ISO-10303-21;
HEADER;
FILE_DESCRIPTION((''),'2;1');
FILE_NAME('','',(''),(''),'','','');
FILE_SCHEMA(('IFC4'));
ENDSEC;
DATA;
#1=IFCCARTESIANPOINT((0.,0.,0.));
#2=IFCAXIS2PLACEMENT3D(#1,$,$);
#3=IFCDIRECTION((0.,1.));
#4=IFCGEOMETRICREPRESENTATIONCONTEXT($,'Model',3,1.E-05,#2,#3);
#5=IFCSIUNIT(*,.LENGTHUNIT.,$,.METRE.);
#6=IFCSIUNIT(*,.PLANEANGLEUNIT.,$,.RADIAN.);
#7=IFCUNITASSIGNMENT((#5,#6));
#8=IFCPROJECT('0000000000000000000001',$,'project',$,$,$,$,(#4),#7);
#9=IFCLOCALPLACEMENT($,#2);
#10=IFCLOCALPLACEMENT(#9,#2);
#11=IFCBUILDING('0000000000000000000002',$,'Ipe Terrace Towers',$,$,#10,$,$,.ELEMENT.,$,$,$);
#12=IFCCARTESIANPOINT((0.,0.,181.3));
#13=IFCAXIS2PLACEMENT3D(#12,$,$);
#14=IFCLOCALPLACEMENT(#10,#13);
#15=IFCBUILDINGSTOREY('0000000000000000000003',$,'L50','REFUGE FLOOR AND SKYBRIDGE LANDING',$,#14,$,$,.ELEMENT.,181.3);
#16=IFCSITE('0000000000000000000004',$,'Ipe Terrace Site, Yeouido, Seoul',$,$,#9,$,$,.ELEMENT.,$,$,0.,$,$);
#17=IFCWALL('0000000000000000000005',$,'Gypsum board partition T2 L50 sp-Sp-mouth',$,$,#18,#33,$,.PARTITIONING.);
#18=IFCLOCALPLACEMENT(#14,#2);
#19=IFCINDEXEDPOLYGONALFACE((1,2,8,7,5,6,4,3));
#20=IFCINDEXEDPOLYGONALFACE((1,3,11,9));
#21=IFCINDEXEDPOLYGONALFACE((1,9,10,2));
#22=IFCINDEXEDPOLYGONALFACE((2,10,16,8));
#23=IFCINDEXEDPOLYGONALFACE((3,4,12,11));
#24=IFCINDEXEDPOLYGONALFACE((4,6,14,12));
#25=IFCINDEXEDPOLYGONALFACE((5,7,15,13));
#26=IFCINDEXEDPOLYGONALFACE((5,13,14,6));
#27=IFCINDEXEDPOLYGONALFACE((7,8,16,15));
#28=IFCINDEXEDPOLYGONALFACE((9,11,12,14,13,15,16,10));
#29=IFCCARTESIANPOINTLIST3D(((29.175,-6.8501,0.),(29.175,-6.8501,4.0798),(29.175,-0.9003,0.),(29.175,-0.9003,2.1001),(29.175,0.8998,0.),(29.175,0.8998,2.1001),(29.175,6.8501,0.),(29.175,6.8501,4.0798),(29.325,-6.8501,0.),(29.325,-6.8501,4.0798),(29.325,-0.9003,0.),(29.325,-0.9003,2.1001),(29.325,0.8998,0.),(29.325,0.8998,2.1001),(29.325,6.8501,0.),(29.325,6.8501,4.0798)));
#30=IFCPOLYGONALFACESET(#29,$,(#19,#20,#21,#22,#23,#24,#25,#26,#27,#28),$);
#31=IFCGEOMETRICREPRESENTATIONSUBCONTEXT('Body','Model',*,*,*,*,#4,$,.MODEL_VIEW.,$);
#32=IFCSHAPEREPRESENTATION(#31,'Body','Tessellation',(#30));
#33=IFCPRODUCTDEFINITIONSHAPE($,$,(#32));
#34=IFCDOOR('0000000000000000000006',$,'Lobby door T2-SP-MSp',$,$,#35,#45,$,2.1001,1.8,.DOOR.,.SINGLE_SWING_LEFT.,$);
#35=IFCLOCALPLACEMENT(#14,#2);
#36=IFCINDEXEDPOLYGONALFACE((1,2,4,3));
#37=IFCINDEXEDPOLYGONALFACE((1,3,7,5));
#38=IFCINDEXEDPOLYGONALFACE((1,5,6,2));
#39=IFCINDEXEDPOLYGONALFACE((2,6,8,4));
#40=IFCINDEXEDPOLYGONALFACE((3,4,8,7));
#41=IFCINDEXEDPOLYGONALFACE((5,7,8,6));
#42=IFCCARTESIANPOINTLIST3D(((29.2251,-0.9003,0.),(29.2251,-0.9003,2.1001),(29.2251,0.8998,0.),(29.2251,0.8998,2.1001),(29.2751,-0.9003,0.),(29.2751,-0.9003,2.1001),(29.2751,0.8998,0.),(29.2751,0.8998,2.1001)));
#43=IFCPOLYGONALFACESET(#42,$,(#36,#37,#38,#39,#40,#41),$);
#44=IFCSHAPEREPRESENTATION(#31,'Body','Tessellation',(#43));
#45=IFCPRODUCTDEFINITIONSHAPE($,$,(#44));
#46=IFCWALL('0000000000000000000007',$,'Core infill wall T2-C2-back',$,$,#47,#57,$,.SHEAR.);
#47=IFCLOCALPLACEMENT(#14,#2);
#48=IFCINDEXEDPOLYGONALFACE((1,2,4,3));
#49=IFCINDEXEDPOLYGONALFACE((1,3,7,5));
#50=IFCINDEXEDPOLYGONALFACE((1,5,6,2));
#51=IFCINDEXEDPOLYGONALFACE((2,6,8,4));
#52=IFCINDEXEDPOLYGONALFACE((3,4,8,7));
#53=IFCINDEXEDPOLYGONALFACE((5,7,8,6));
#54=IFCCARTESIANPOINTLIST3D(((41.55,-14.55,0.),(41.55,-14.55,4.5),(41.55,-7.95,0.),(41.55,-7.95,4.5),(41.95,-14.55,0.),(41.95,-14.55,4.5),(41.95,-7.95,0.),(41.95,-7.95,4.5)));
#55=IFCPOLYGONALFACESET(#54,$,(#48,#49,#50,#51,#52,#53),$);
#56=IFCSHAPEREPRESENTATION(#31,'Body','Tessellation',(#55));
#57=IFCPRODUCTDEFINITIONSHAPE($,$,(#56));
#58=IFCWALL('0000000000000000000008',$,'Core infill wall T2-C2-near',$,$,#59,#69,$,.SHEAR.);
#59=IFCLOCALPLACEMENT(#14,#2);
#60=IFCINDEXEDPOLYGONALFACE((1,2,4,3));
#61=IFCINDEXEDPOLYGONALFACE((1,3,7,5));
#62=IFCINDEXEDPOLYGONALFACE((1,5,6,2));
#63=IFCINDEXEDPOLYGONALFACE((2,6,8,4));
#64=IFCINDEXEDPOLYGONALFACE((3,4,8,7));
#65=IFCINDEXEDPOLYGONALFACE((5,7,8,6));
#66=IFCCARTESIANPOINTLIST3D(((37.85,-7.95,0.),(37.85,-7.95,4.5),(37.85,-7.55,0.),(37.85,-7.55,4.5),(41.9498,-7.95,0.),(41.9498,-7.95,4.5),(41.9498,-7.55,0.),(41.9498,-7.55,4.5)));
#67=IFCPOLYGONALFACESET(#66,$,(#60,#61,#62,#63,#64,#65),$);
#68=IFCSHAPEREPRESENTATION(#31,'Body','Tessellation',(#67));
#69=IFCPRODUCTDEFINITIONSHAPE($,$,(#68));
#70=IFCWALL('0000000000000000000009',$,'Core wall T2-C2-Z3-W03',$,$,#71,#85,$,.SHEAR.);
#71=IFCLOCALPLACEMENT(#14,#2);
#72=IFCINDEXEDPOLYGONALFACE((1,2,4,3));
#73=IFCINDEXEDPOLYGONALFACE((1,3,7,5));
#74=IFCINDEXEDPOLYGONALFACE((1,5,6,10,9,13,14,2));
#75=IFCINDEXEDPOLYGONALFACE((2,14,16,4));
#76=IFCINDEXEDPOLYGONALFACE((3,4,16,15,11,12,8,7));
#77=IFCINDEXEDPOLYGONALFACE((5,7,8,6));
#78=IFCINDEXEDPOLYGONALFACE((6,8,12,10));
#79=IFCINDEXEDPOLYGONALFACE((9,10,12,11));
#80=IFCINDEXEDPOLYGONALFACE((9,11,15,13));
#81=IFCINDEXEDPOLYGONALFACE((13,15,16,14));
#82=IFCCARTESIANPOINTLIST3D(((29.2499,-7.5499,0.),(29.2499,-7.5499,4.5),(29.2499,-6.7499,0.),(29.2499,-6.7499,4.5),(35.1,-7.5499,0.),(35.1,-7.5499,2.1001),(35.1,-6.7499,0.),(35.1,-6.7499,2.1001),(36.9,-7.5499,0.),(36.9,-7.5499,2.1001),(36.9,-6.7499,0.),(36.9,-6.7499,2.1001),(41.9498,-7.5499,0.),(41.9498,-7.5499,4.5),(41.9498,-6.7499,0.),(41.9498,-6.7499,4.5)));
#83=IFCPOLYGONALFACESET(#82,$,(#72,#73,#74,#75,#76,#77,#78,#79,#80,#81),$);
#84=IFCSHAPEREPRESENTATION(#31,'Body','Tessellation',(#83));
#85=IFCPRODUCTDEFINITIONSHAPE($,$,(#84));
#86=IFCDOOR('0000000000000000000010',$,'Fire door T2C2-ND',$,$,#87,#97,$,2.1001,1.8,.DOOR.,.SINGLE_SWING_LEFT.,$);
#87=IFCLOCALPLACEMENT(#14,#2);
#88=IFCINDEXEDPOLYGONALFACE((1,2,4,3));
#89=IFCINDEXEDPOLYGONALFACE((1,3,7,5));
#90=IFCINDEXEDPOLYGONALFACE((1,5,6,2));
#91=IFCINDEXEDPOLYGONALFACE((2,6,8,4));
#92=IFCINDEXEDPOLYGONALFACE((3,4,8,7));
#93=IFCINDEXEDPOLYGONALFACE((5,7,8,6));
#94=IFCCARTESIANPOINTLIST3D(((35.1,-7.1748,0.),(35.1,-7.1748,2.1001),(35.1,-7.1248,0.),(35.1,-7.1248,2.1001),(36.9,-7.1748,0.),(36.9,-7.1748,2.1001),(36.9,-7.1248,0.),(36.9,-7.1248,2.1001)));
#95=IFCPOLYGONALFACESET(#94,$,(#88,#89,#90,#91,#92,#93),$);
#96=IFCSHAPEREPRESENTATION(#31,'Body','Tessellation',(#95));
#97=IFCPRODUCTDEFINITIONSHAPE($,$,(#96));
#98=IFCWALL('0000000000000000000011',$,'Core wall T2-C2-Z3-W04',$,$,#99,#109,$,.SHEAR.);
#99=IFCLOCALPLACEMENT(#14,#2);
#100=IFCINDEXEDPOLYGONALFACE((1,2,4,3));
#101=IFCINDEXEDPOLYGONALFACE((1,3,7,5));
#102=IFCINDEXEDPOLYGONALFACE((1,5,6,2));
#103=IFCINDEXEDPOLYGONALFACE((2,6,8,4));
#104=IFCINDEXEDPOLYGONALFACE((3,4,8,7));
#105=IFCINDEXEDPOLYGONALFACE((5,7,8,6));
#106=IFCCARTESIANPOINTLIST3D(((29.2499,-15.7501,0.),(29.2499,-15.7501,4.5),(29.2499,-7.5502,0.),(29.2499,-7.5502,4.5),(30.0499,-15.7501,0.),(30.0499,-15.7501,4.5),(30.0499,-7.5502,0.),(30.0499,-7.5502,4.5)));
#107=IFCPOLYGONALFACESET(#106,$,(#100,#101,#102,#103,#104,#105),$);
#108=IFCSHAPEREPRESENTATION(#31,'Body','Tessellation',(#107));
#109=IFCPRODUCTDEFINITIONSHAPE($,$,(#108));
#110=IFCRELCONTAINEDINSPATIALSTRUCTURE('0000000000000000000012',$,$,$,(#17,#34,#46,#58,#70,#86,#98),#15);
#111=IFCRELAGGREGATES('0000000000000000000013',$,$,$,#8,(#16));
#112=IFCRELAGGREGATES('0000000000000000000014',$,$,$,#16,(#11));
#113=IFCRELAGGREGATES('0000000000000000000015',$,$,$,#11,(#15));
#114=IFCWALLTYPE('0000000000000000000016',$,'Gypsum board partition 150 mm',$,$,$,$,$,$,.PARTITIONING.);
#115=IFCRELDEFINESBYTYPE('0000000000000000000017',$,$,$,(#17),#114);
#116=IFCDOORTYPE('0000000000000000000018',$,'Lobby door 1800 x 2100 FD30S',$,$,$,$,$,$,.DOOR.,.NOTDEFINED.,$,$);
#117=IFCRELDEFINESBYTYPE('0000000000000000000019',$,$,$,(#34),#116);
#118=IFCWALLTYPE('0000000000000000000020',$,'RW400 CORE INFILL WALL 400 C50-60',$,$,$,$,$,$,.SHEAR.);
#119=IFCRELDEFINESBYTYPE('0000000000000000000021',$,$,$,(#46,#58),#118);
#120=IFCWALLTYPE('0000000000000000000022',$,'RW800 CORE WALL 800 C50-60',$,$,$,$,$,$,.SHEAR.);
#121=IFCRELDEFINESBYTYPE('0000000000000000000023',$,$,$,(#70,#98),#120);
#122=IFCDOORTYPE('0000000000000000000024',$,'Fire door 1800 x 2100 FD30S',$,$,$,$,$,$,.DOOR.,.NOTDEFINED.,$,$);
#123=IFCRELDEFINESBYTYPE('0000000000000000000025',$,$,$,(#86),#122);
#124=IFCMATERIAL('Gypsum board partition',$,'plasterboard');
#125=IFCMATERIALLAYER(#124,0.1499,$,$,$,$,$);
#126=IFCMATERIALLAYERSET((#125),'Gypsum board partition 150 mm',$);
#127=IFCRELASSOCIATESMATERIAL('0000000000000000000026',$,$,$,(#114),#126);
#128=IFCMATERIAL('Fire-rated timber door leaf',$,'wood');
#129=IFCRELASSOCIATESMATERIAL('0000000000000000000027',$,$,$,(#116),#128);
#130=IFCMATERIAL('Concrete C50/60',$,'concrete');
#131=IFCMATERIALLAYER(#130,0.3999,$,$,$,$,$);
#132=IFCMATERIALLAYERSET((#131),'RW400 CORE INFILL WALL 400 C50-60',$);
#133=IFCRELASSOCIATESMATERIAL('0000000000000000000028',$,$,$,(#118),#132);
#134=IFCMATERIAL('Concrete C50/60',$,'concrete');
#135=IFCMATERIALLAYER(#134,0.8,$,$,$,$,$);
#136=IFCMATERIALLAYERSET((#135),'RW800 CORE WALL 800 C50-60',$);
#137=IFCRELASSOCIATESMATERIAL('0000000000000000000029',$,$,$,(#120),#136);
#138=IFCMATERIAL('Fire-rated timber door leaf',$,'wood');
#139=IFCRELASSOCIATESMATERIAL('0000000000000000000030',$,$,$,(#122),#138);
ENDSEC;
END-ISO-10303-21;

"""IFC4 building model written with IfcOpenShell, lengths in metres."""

from ifc_helpers import new_model, si_unit, direction, frame, frame_2d, origin, place, context, subcontext, project, spatial, rectangle, extrude, material, layer, layer_set, type_object, element, fill, save


model = new_model("IFC4")

# Units and contexts
model_context = context("Model", 3, precision=1e-05, world=origin(), true_north=direction((0.0, 1.0)))
body_context = subcontext(model_context, "Body", "Model", "MODEL_VIEW")
ifc_project = project(units=[si_unit("LENGTHUNIT", "METRE"), si_unit("PLANEANGLEUNIT", "RADIAN")], contexts=[model_context])

# Site, building, storey
site_placement = place(None, origin())
site = spatial("IfcSite", under=ifc_project, at=site_placement, Name="Ipe Terrace Site, Yeouido, Seoul", CompositionType="ELEMENT", RefElevation=0.0)
building_placement = place(site_placement, origin())
building = spatial("IfcBuilding", under=site, at=building_placement, Name="Ipe Terrace Towers", CompositionType="ELEMENT")
storey_placement = place(building_placement, frame((0.0, 0.0, 181.3)))
storey = spatial("IfcBuildingStorey", under=building, at=storey_placement, Name="L50", Description="REFUGE FLOOR AND SKYBRIDGE LANDING", CompositionType="ELEMENT", Elevation=181.3)

# Wall, opening, door
ifc_material_1 = material(Name="Gypsum board partition", Category="plasterboard")
ifc_layer_1 = layer(ifc_material_1, 0.1499)
ifc_layer_set_1 = layer_set([ifc_layer_1], Name="Gypsum board partition 150 mm")
wall_type_1 = type_object("IfcWallType", Name="Gypsum board partition 150 mm", PredefinedType="PARTITIONING", material=ifc_layer_set_1)
wall_1_placement = place(storey_placement, frame((29.25, -6.8501, 0.0), z_axis=(0.0, 0.0, 1.0), x_axis=(0.0, 1.0, 0.0)))
wall_1 = element("IfcWall", 1, at=wall_1_placement, inside=storey, type_object=wall_type_1, Name="Gypsum board partition T2 L50 sp-Sp-mouth", PredefinedType="PARTITIONING", context=body_context, shape_type="SweptSolid", body=[
    extrude(rectangle(XDim=13.7002, YDim=0.1499, at=frame_2d((6.8501, 0.0))), origin(), (0.0, 0.0, 1.0), 4.0798),
])
opening_1_placement = place(wall_1_placement, frame((5.95, 0.0, 0.0)))
opening_1 = element("IfcOpeningElement", 2, at=opening_1_placement, cuts=wall_1, PredefinedType="OPENING", context=body_context, shape_type="SweptSolid", body=[
    extrude(rectangle(XDim=1.8, YDim=2.1001, at=frame_2d((0.8999, 1.05))), frame((0.0, 0.085, 0.0), z_axis=(0.0, -1.0, 0.0), x_axis=(1.0, 0.0, 0.0)), (0.0, 0.0, 1.0), 0.1699),
])
ifc_material_2 = material(Name="Fire-rated timber door leaf", Category="wood")
door_type_1 = type_object("IfcDoorType", Name="Lobby door 1800 x 2100 FD30S", OperationType="NOTDEFINED", PredefinedType="DOOR", material=ifc_material_2)
door_1_placement = place(opening_1_placement, origin())
door_1 = element("IfcDoor", 3, at=door_1_placement, inside=storey, type_object=door_type_1, Name="Lobby door T2-SP-MSp", OperationType="SINGLE_SWING_LEFT", OverallHeight=2.1001, OverallWidth=1.8, PredefinedType="DOOR", context=body_context, shape_type="SweptSolid", body=[
    extrude(rectangle(XDim=1.8, YDim=2.1001, at=frame_2d((0.8999, 1.05))), frame((0.0, 0.0249, 0.0), z_axis=(0.0, -1.0, 0.0), x_axis=(1.0, 0.0, 0.0)), (0.0, 0.0, 1.0), 0.05),
])
fill(opening_1, door_1)

# Walls
ifc_material_3 = material(Name="Concrete C50/60", Category="concrete")
ifc_layer_2 = layer(ifc_material_3, 0.3999)
ifc_layer_set_2 = layer_set([ifc_layer_2], Name="RW400 CORE INFILL WALL 400 C50-60")
wall_type_2 = type_object("IfcWallType", Name="RW400 CORE INFILL WALL 400 C50-60", PredefinedType="SHEAR", material=ifc_layer_set_2)
wall_2_placement = place(storey_placement, frame((41.75, -7.95, 0.0), z_axis=(0.0, 0.0, 1.0), x_axis=(0.0, -1.0, 0.0)))
element("IfcWall", 4, at=wall_2_placement, inside=storey, type_object=wall_type_2, Name="Core infill wall T2-C2-back", PredefinedType="SHEAR", context=body_context, shape_type="SweptSolid", body=[
    extrude(rectangle(XDim=6.6001, YDim=0.3999, at=frame_2d((3.3, 0.0))), origin(), (0.0, 0.0, 1.0), 4.5),
])
wall_3_placement = place(storey_placement, frame((37.8501, -7.75, 0.0), z_axis=(0.0, 0.0, 1.0), x_axis=(1.0, 0.0, 0.0)))
element("IfcWall", 5, at=wall_3_placement, inside=storey, type_object=wall_type_2, Name="Core infill wall T2-C2-near", PredefinedType="SHEAR", context=body_context, shape_type="SweptSolid", body=[
    extrude(rectangle(XDim=4.0999, YDim=0.3999, at=frame_2d((2.0498, 0.0))), origin(), (0.0, 0.0, 1.0), 4.5),
])

# Wall, opening, door
ifc_material_4 = material(Name="Concrete C50/60", Category="concrete")
ifc_layer_3 = layer(ifc_material_4, 0.8)
ifc_layer_set_3 = layer_set([ifc_layer_3], Name="RW800 CORE WALL 800 C50-60")
wall_type_3 = type_object("IfcWallType", Name="RW800 CORE WALL 800 C50-60", PredefinedType="SHEAR", material=ifc_layer_set_3)
wall_4_placement = place(storey_placement, frame((41.95, -7.1499, 0.0), z_axis=(0.0, 0.0, 1.0), x_axis=(-1.0, 0.0, 0.0)))
wall_4 = element("IfcWall", 6, at=wall_4_placement, inside=storey, type_object=wall_type_3, Name="Core wall T2-C2-Z3-W03", PredefinedType="SHEAR", context=body_context, shape_type="SweptSolid", body=[
    extrude(rectangle(XDim=12.7, YDim=0.8, at=frame_2d((6.3501, 0.0))), origin(), (0.0, 0.0, 1.0), 4.5),
])
opening_2_placement = place(wall_4_placement, frame((5.05, 0.0, 0.0)))
opening_2 = element("IfcOpeningElement", 7, at=opening_2_placement, cuts=wall_4, PredefinedType="OPENING", context=body_context, shape_type="SweptSolid", body=[
    extrude(rectangle(XDim=1.8, YDim=2.1001, at=frame_2d((0.8999, 1.05))), frame((0.0, 0.4102, 0.0), z_axis=(0.0, -1.0, 0.0), x_axis=(1.0, 0.0, 0.0)), (0.0, 0.0, 1.0), 0.8201),
])
ifc_material_5 = material(Name="Fire-rated timber door leaf", Category="wood")
door_type_2 = type_object("IfcDoorType", Name="Fire door 1800 x 2100 FD30S", OperationType="NOTDEFINED", PredefinedType="DOOR", material=ifc_material_5)
door_2_placement = place(opening_2_placement, origin())
door_2 = element("IfcDoor", 8, at=door_2_placement, inside=storey, type_object=door_type_2, Name="Fire door T2C2-ND", OperationType="SINGLE_SWING_LEFT", OverallHeight=2.1001, OverallWidth=1.8, PredefinedType="DOOR", context=body_context, shape_type="SweptSolid", body=[
    extrude(rectangle(XDim=1.8, YDim=2.1001, at=frame_2d((0.8999, 1.05))), frame((0.0, 0.0249, 0.0), z_axis=(0.0, -1.0, 0.0), x_axis=(1.0, 0.0, 0.0)), (0.0, 0.0, 1.0), 0.05),
])
fill(opening_2, door_2)

# Wall
wall_5_placement = place(storey_placement, frame((29.6499, -7.55, 0.0), z_axis=(0.0, 0.0, 1.0), x_axis=(0.0, -1.0, 0.0)))
element("IfcWall", 9, at=wall_5_placement, inside=storey, type_object=wall_type_3, Name="Core wall T2-C2-Z3-W04", PredefinedType="SHEAR", context=body_context, shape_type="SweptSolid", body=[
    extrude(rectangle(XDim=8.2, YDim=0.8, at=frame_2d((4.1001, 0.0))), origin(), (0.0, 0.0, 1.0), 4.5),
])

save(model, "model.ifc")
